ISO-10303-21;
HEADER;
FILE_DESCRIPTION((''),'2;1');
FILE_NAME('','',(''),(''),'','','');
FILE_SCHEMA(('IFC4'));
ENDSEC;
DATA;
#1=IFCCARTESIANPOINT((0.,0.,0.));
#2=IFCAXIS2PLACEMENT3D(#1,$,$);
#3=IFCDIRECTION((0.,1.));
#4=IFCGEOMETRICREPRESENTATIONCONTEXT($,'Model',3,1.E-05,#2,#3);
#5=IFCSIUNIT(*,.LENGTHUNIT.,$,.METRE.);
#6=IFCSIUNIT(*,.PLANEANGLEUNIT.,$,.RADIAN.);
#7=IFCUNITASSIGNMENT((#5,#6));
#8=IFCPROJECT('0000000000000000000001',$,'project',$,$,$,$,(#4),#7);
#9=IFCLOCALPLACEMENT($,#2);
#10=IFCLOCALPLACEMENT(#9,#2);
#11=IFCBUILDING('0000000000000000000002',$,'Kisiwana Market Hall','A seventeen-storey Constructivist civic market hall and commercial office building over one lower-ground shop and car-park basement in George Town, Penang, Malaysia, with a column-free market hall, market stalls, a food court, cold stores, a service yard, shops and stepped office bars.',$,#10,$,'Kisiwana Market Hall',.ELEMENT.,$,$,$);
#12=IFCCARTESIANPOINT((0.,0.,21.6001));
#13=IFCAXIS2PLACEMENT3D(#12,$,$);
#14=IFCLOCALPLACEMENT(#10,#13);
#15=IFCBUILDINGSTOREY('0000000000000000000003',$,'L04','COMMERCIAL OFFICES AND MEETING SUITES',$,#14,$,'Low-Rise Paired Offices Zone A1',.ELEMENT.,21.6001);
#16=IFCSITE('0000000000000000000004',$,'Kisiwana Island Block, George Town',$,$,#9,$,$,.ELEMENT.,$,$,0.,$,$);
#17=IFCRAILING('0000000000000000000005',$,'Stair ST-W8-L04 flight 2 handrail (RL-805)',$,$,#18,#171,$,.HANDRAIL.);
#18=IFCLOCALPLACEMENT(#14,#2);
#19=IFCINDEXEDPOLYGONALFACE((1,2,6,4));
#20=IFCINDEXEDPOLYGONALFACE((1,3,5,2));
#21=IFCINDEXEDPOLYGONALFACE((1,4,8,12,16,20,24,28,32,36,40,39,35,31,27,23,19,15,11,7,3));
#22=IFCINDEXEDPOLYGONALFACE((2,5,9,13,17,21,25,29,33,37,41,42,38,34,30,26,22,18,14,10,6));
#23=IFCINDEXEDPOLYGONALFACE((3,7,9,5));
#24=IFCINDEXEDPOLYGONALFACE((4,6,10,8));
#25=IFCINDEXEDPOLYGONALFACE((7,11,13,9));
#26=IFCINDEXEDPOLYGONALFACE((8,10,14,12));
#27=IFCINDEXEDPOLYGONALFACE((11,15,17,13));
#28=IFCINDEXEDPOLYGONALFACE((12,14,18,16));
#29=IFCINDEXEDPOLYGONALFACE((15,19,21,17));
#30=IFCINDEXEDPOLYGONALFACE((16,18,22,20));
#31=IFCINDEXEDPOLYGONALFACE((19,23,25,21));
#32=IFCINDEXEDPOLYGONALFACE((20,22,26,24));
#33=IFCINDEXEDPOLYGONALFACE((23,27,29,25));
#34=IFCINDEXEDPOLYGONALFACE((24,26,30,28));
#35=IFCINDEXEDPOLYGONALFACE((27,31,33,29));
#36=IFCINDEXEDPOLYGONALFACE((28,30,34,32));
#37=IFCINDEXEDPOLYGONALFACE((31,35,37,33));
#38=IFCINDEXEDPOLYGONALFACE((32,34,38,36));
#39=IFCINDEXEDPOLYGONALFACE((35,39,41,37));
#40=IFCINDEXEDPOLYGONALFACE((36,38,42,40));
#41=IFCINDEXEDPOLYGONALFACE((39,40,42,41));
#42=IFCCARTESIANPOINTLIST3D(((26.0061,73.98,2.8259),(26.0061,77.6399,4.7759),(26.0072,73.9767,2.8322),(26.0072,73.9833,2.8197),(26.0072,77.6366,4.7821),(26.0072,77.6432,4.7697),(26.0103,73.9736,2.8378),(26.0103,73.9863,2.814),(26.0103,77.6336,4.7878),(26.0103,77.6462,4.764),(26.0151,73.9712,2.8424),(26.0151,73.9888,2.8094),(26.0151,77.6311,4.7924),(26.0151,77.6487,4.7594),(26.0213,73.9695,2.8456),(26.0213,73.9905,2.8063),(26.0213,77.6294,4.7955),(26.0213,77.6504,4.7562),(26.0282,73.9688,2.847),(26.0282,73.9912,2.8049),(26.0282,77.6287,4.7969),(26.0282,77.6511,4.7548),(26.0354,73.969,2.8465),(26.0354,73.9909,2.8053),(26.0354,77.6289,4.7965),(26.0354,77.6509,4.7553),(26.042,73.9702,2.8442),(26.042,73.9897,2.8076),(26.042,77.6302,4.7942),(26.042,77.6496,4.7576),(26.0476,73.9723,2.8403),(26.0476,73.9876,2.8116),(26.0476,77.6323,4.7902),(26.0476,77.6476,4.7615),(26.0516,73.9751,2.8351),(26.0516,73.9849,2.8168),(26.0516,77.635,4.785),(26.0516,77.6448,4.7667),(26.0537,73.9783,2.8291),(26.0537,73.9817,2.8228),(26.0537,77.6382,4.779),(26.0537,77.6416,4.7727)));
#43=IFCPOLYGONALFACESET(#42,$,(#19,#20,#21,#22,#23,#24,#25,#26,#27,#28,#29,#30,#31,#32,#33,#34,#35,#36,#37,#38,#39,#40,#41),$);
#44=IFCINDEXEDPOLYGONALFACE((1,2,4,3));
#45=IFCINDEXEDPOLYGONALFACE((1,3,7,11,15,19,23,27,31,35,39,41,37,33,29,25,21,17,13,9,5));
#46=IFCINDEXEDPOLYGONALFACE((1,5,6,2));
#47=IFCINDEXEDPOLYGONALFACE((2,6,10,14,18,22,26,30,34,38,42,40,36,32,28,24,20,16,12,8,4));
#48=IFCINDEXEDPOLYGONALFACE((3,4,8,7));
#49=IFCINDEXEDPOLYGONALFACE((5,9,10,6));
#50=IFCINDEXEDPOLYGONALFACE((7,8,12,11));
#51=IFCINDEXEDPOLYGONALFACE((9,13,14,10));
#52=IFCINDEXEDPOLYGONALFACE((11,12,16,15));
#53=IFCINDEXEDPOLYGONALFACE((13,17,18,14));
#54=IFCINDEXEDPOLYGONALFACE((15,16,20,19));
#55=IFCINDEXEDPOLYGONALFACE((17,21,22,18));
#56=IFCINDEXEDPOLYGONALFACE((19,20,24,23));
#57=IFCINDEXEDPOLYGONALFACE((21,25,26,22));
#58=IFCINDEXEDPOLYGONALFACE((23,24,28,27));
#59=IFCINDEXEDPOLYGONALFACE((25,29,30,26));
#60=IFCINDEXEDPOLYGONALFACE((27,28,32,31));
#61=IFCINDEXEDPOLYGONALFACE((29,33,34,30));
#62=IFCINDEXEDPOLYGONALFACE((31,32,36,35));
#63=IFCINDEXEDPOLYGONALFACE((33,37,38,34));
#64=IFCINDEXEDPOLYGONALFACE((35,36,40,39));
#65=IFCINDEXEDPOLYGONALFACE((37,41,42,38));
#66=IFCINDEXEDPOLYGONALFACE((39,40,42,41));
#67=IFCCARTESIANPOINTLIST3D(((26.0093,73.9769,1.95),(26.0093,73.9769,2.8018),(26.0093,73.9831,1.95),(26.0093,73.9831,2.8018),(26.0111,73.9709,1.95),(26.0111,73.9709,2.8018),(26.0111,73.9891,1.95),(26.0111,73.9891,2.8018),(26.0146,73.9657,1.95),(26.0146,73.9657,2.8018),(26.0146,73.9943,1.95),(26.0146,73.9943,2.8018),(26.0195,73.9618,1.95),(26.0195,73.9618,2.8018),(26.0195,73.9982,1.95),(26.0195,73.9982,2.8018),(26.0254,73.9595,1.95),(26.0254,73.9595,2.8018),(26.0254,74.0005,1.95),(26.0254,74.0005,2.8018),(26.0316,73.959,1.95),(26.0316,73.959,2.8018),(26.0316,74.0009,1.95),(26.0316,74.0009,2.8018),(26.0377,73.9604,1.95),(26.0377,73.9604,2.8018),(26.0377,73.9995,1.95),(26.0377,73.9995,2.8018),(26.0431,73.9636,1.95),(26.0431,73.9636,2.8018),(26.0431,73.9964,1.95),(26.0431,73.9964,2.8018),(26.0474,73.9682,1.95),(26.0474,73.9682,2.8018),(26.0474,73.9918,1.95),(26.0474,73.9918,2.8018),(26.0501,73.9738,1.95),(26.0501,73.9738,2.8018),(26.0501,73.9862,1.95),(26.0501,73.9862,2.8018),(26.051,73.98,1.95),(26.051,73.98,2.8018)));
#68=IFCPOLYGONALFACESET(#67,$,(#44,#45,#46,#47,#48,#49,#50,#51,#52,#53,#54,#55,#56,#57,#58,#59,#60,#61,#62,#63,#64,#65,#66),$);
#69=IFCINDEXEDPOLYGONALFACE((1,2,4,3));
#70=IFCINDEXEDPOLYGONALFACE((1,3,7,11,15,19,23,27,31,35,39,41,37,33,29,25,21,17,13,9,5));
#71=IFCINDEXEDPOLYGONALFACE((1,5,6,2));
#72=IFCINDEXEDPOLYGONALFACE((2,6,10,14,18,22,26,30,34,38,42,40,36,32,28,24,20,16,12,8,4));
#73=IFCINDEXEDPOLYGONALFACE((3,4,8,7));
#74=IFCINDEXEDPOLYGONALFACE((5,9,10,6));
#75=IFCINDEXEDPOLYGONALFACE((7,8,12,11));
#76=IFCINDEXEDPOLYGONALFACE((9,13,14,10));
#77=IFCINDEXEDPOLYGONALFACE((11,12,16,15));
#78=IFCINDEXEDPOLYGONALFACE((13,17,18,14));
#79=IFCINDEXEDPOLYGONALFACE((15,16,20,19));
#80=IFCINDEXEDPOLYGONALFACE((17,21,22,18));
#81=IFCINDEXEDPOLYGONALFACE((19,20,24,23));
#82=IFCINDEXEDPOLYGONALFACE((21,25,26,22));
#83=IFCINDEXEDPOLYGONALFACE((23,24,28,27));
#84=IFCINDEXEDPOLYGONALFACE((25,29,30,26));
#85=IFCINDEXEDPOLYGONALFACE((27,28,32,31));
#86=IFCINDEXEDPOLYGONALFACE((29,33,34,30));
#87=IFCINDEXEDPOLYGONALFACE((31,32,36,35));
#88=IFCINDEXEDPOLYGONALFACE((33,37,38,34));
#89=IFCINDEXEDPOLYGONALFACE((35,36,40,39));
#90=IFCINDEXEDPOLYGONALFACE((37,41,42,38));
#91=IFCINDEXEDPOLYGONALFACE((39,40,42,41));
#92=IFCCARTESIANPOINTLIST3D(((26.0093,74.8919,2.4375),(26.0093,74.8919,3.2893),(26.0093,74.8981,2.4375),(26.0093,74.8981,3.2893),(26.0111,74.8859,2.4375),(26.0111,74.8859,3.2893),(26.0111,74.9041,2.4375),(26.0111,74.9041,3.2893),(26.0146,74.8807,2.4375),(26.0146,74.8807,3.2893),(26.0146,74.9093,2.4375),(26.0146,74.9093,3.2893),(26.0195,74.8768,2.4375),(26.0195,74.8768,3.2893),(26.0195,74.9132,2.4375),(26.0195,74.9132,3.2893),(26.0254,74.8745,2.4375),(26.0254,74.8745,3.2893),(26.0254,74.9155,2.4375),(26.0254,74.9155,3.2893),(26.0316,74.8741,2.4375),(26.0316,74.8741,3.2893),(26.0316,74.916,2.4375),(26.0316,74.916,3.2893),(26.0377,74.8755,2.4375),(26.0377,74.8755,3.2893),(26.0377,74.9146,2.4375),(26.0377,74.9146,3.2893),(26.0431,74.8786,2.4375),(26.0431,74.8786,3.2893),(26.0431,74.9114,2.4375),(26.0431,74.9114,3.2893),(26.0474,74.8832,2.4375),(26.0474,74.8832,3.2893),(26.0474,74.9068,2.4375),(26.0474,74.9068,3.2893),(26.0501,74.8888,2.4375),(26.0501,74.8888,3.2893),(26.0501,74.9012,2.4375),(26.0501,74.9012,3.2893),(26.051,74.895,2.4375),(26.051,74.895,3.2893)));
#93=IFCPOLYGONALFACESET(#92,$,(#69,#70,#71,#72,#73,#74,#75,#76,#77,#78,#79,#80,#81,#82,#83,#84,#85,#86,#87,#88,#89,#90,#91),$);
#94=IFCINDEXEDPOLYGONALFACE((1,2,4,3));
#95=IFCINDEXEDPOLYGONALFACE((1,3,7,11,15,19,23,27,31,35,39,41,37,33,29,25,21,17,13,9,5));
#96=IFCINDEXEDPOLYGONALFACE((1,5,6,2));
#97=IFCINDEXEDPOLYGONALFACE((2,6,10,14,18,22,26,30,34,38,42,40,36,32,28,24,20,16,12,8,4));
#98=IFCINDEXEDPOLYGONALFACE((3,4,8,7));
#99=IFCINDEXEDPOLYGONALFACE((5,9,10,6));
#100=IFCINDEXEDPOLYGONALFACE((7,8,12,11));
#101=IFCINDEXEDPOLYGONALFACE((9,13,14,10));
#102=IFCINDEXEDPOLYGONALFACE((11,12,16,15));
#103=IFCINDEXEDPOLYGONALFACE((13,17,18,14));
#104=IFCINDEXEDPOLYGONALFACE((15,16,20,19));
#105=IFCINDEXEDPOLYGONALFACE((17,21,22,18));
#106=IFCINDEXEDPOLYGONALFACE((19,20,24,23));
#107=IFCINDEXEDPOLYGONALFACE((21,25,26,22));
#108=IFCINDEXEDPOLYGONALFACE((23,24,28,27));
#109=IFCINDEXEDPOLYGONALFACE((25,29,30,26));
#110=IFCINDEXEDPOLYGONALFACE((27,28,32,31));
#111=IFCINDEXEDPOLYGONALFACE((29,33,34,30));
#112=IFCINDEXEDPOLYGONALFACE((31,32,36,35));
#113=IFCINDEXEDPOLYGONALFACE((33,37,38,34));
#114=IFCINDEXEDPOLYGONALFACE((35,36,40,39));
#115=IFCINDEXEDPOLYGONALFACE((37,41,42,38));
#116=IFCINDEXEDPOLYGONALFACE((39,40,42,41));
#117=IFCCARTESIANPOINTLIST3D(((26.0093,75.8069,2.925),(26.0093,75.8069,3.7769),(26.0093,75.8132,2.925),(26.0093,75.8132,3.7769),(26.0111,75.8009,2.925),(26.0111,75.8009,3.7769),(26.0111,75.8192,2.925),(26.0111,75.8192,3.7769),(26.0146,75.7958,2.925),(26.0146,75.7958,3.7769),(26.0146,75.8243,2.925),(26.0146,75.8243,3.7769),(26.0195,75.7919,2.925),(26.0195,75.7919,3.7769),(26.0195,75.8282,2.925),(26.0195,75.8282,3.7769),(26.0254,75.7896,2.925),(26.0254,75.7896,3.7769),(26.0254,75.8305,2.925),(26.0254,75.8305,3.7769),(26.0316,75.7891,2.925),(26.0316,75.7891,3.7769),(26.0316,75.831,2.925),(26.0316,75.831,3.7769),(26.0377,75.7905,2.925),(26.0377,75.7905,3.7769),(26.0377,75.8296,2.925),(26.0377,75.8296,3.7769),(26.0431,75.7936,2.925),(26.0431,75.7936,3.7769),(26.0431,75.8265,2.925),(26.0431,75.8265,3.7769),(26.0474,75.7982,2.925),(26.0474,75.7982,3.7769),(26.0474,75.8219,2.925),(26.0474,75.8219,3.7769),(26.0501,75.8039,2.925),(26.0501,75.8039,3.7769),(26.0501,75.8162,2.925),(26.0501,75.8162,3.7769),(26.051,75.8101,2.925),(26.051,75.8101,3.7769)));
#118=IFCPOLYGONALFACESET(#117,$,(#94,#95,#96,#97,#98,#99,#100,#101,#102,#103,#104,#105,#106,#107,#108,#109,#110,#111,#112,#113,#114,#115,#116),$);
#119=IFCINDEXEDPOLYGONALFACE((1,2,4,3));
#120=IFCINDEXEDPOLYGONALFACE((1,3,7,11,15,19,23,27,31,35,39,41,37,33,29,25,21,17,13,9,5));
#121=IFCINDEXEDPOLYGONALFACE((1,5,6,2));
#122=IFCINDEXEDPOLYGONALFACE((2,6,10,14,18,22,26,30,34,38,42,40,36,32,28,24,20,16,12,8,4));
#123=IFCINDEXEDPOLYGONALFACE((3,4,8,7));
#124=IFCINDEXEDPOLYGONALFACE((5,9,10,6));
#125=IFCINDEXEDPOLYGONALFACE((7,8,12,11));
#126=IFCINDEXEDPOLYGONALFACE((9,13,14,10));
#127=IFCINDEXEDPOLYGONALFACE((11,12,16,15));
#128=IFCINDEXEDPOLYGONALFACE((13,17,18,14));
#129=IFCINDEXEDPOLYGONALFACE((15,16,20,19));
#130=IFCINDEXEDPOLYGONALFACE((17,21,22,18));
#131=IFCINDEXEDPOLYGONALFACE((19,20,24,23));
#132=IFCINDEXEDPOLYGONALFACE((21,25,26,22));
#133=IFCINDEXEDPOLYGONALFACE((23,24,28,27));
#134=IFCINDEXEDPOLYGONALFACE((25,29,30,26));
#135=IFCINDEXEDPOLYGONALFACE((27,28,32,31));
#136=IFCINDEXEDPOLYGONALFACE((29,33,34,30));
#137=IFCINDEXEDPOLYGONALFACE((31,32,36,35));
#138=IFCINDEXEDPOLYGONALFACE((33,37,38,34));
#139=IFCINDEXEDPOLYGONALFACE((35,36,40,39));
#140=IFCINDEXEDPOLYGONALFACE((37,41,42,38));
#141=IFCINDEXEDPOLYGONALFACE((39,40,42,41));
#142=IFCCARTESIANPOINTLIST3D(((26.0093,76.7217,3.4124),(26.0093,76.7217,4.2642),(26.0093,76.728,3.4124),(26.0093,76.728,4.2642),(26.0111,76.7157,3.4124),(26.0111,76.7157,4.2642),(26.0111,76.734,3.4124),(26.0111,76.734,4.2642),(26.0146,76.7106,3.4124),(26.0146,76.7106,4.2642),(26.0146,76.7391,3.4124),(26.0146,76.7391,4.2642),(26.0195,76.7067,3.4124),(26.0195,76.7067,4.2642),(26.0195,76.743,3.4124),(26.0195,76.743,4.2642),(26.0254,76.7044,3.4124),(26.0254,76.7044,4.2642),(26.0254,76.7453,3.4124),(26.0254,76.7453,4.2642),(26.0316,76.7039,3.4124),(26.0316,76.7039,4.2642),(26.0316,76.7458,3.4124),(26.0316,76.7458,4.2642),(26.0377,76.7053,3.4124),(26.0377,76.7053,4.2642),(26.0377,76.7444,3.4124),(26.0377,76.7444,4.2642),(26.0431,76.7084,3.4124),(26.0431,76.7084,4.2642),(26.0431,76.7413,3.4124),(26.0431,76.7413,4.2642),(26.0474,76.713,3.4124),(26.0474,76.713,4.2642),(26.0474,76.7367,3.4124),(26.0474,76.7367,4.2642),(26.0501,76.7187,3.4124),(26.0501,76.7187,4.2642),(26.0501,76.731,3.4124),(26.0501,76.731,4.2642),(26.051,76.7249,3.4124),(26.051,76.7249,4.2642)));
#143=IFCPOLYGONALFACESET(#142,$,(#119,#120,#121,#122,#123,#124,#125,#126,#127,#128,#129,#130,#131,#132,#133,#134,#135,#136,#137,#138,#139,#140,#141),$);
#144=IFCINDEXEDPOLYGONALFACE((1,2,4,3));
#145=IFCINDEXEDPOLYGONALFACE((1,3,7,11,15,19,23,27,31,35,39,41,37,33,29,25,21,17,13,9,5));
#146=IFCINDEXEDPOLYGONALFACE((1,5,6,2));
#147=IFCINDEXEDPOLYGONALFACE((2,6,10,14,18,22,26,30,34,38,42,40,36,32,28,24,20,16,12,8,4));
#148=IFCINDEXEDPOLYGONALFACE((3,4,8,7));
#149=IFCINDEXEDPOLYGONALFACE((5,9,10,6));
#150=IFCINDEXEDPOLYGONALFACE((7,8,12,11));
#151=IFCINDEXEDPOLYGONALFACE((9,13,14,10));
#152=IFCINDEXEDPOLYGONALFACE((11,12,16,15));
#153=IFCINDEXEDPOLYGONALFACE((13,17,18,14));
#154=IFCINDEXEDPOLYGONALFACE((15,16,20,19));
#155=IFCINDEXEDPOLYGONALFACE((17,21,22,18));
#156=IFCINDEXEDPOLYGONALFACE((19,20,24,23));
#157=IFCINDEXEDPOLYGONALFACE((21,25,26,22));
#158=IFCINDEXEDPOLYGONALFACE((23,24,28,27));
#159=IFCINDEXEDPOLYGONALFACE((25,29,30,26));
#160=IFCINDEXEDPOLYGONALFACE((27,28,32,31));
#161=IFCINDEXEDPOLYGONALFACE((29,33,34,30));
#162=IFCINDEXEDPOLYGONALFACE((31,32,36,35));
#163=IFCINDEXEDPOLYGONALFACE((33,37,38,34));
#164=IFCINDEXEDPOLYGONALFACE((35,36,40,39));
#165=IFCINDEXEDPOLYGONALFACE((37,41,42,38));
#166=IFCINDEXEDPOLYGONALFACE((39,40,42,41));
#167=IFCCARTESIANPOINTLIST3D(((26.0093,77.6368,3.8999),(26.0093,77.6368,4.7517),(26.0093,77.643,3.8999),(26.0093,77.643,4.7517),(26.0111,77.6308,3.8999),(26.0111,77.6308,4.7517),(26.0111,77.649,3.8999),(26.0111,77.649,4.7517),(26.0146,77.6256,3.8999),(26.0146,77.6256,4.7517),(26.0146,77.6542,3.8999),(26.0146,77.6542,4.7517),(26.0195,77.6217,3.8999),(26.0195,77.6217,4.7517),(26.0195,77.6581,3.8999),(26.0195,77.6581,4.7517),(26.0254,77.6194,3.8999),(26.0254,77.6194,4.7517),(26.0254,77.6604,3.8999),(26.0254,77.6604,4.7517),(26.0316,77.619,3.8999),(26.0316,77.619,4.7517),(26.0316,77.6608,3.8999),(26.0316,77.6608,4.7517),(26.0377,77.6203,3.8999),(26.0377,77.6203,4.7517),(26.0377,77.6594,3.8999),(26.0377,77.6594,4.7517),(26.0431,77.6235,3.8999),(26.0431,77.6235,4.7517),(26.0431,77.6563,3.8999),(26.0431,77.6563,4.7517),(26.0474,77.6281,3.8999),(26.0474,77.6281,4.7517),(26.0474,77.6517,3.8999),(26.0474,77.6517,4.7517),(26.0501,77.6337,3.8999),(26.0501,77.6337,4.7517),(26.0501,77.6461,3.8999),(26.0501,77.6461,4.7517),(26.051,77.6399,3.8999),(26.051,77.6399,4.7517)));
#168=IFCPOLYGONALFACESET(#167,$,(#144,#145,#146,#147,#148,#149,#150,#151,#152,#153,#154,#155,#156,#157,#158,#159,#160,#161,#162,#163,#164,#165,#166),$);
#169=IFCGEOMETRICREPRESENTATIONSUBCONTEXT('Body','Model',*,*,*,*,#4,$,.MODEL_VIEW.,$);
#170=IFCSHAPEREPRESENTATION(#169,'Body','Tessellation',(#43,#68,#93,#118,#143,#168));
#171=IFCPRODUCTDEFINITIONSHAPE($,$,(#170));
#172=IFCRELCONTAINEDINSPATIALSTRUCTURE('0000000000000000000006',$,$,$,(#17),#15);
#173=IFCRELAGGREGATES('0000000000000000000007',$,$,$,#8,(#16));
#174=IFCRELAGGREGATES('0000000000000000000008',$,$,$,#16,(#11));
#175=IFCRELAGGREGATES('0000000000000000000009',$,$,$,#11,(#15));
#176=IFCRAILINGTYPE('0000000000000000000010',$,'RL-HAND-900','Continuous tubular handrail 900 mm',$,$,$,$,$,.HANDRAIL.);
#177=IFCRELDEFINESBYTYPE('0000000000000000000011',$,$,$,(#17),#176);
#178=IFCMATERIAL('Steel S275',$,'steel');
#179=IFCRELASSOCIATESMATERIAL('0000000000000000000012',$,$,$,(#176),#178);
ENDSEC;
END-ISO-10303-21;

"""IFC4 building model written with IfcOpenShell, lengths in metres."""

from ifc_helpers import new_model, si_unit, direction, frame, origin, origin_2d, place, context, subcontext, project, spatial, circle, extrude, material, type_object, element, save


model = new_model("IFC4")

# Units and contexts
model_context = context("Model", 3, precision=1e-05, world=origin(), true_north=direction((0.0, 1.0)))
body_context = subcontext(model_context, "Body", "Model", "MODEL_VIEW")
ifc_project = project(units=[si_unit("LENGTHUNIT", "METRE"), si_unit("PLANEANGLEUNIT", "RADIAN")], contexts=[model_context])

# Site, building, storey
site_placement = place(None, origin())
site = spatial("IfcSite", under=ifc_project, at=site_placement, Name="Kisiwana Island Block, George Town", CompositionType="ELEMENT", RefElevation=0.0)
building_placement = place(site_placement, origin())
building = spatial("IfcBuilding", under=site, at=building_placement, Name="Kisiwana Market Hall", Description="A seventeen-storey Constructivist civic market hall and commercial office building over one lower-ground shop and car-park basement in George Town, Penang, Malaysia, with a column-free market hall, market stalls, a food court, cold stores, a service yard, shops and stepped office bars.", LongName="Kisiwana Market Hall", CompositionType="ELEMENT")
storey_placement = place(building_placement, frame((0.0, 0.0, 21.6001)))
storey = spatial("IfcBuildingStorey", under=building, at=storey_placement, Name="L04", Description="COMMERCIAL OFFICES AND MEETING SUITES", LongName="Low-Rise Paired Offices Zone A1", CompositionType="ELEMENT", Elevation=21.6001)

# Railing
ifc_material_1 = material(Name="Steel S275", Category="steel")
railing_type_1 = type_object("IfcRailingType", Name="RL-HAND-900", Description="Continuous tubular handrail 900 mm", PredefinedType="HANDRAIL", material=ifc_material_1)
railing_1_placement = place(storey_placement, frame((26.03, 73.98, 1.95)))
element("IfcRailing", 1, at=railing_1_placement, inside=storey, type_object=railing_type_1, Name="Stair ST-W8-L04 flight 2 handrail (RL-805)", PredefinedType="HANDRAIL", context=body_context, shape_type="SweptSolid", body=[
    extrude(circle(Radius=0.0239, at=origin_2d()), frame((0.0, 0.0, 0.876), z_axis=(0.0, 0.882553, 0.470212), x_axis=(-1.0, 0.0, 0.0)), (0.0, 0.0, 1.0), 4.147),
    extrude(circle(Radius=0.021, at=origin_2d()), origin(), (0.0, 0.0, 1.0), 0.8518),
    extrude(circle(Radius=0.021, at=origin_2d()), frame((0.0, 0.915, 0.4875)), (0.0, 0.0, 1.0), 0.8518),
    extrude(circle(Radius=0.021, at=origin_2d()), frame((0.0, 1.8301, 0.9751)), (0.0, 0.0, 1.0), 0.8518),
    extrude(circle(Radius=0.021, at=origin_2d()), frame((0.0, 2.7449, 1.4624)), (0.0, 0.0, 1.0), 0.8518),
    extrude(circle(Radius=0.021, at=origin_2d()), frame((0.0, 3.6599, 1.95)), (0.0, 0.0, 1.0), 0.8518),
])

save(model, "model.ifc")
